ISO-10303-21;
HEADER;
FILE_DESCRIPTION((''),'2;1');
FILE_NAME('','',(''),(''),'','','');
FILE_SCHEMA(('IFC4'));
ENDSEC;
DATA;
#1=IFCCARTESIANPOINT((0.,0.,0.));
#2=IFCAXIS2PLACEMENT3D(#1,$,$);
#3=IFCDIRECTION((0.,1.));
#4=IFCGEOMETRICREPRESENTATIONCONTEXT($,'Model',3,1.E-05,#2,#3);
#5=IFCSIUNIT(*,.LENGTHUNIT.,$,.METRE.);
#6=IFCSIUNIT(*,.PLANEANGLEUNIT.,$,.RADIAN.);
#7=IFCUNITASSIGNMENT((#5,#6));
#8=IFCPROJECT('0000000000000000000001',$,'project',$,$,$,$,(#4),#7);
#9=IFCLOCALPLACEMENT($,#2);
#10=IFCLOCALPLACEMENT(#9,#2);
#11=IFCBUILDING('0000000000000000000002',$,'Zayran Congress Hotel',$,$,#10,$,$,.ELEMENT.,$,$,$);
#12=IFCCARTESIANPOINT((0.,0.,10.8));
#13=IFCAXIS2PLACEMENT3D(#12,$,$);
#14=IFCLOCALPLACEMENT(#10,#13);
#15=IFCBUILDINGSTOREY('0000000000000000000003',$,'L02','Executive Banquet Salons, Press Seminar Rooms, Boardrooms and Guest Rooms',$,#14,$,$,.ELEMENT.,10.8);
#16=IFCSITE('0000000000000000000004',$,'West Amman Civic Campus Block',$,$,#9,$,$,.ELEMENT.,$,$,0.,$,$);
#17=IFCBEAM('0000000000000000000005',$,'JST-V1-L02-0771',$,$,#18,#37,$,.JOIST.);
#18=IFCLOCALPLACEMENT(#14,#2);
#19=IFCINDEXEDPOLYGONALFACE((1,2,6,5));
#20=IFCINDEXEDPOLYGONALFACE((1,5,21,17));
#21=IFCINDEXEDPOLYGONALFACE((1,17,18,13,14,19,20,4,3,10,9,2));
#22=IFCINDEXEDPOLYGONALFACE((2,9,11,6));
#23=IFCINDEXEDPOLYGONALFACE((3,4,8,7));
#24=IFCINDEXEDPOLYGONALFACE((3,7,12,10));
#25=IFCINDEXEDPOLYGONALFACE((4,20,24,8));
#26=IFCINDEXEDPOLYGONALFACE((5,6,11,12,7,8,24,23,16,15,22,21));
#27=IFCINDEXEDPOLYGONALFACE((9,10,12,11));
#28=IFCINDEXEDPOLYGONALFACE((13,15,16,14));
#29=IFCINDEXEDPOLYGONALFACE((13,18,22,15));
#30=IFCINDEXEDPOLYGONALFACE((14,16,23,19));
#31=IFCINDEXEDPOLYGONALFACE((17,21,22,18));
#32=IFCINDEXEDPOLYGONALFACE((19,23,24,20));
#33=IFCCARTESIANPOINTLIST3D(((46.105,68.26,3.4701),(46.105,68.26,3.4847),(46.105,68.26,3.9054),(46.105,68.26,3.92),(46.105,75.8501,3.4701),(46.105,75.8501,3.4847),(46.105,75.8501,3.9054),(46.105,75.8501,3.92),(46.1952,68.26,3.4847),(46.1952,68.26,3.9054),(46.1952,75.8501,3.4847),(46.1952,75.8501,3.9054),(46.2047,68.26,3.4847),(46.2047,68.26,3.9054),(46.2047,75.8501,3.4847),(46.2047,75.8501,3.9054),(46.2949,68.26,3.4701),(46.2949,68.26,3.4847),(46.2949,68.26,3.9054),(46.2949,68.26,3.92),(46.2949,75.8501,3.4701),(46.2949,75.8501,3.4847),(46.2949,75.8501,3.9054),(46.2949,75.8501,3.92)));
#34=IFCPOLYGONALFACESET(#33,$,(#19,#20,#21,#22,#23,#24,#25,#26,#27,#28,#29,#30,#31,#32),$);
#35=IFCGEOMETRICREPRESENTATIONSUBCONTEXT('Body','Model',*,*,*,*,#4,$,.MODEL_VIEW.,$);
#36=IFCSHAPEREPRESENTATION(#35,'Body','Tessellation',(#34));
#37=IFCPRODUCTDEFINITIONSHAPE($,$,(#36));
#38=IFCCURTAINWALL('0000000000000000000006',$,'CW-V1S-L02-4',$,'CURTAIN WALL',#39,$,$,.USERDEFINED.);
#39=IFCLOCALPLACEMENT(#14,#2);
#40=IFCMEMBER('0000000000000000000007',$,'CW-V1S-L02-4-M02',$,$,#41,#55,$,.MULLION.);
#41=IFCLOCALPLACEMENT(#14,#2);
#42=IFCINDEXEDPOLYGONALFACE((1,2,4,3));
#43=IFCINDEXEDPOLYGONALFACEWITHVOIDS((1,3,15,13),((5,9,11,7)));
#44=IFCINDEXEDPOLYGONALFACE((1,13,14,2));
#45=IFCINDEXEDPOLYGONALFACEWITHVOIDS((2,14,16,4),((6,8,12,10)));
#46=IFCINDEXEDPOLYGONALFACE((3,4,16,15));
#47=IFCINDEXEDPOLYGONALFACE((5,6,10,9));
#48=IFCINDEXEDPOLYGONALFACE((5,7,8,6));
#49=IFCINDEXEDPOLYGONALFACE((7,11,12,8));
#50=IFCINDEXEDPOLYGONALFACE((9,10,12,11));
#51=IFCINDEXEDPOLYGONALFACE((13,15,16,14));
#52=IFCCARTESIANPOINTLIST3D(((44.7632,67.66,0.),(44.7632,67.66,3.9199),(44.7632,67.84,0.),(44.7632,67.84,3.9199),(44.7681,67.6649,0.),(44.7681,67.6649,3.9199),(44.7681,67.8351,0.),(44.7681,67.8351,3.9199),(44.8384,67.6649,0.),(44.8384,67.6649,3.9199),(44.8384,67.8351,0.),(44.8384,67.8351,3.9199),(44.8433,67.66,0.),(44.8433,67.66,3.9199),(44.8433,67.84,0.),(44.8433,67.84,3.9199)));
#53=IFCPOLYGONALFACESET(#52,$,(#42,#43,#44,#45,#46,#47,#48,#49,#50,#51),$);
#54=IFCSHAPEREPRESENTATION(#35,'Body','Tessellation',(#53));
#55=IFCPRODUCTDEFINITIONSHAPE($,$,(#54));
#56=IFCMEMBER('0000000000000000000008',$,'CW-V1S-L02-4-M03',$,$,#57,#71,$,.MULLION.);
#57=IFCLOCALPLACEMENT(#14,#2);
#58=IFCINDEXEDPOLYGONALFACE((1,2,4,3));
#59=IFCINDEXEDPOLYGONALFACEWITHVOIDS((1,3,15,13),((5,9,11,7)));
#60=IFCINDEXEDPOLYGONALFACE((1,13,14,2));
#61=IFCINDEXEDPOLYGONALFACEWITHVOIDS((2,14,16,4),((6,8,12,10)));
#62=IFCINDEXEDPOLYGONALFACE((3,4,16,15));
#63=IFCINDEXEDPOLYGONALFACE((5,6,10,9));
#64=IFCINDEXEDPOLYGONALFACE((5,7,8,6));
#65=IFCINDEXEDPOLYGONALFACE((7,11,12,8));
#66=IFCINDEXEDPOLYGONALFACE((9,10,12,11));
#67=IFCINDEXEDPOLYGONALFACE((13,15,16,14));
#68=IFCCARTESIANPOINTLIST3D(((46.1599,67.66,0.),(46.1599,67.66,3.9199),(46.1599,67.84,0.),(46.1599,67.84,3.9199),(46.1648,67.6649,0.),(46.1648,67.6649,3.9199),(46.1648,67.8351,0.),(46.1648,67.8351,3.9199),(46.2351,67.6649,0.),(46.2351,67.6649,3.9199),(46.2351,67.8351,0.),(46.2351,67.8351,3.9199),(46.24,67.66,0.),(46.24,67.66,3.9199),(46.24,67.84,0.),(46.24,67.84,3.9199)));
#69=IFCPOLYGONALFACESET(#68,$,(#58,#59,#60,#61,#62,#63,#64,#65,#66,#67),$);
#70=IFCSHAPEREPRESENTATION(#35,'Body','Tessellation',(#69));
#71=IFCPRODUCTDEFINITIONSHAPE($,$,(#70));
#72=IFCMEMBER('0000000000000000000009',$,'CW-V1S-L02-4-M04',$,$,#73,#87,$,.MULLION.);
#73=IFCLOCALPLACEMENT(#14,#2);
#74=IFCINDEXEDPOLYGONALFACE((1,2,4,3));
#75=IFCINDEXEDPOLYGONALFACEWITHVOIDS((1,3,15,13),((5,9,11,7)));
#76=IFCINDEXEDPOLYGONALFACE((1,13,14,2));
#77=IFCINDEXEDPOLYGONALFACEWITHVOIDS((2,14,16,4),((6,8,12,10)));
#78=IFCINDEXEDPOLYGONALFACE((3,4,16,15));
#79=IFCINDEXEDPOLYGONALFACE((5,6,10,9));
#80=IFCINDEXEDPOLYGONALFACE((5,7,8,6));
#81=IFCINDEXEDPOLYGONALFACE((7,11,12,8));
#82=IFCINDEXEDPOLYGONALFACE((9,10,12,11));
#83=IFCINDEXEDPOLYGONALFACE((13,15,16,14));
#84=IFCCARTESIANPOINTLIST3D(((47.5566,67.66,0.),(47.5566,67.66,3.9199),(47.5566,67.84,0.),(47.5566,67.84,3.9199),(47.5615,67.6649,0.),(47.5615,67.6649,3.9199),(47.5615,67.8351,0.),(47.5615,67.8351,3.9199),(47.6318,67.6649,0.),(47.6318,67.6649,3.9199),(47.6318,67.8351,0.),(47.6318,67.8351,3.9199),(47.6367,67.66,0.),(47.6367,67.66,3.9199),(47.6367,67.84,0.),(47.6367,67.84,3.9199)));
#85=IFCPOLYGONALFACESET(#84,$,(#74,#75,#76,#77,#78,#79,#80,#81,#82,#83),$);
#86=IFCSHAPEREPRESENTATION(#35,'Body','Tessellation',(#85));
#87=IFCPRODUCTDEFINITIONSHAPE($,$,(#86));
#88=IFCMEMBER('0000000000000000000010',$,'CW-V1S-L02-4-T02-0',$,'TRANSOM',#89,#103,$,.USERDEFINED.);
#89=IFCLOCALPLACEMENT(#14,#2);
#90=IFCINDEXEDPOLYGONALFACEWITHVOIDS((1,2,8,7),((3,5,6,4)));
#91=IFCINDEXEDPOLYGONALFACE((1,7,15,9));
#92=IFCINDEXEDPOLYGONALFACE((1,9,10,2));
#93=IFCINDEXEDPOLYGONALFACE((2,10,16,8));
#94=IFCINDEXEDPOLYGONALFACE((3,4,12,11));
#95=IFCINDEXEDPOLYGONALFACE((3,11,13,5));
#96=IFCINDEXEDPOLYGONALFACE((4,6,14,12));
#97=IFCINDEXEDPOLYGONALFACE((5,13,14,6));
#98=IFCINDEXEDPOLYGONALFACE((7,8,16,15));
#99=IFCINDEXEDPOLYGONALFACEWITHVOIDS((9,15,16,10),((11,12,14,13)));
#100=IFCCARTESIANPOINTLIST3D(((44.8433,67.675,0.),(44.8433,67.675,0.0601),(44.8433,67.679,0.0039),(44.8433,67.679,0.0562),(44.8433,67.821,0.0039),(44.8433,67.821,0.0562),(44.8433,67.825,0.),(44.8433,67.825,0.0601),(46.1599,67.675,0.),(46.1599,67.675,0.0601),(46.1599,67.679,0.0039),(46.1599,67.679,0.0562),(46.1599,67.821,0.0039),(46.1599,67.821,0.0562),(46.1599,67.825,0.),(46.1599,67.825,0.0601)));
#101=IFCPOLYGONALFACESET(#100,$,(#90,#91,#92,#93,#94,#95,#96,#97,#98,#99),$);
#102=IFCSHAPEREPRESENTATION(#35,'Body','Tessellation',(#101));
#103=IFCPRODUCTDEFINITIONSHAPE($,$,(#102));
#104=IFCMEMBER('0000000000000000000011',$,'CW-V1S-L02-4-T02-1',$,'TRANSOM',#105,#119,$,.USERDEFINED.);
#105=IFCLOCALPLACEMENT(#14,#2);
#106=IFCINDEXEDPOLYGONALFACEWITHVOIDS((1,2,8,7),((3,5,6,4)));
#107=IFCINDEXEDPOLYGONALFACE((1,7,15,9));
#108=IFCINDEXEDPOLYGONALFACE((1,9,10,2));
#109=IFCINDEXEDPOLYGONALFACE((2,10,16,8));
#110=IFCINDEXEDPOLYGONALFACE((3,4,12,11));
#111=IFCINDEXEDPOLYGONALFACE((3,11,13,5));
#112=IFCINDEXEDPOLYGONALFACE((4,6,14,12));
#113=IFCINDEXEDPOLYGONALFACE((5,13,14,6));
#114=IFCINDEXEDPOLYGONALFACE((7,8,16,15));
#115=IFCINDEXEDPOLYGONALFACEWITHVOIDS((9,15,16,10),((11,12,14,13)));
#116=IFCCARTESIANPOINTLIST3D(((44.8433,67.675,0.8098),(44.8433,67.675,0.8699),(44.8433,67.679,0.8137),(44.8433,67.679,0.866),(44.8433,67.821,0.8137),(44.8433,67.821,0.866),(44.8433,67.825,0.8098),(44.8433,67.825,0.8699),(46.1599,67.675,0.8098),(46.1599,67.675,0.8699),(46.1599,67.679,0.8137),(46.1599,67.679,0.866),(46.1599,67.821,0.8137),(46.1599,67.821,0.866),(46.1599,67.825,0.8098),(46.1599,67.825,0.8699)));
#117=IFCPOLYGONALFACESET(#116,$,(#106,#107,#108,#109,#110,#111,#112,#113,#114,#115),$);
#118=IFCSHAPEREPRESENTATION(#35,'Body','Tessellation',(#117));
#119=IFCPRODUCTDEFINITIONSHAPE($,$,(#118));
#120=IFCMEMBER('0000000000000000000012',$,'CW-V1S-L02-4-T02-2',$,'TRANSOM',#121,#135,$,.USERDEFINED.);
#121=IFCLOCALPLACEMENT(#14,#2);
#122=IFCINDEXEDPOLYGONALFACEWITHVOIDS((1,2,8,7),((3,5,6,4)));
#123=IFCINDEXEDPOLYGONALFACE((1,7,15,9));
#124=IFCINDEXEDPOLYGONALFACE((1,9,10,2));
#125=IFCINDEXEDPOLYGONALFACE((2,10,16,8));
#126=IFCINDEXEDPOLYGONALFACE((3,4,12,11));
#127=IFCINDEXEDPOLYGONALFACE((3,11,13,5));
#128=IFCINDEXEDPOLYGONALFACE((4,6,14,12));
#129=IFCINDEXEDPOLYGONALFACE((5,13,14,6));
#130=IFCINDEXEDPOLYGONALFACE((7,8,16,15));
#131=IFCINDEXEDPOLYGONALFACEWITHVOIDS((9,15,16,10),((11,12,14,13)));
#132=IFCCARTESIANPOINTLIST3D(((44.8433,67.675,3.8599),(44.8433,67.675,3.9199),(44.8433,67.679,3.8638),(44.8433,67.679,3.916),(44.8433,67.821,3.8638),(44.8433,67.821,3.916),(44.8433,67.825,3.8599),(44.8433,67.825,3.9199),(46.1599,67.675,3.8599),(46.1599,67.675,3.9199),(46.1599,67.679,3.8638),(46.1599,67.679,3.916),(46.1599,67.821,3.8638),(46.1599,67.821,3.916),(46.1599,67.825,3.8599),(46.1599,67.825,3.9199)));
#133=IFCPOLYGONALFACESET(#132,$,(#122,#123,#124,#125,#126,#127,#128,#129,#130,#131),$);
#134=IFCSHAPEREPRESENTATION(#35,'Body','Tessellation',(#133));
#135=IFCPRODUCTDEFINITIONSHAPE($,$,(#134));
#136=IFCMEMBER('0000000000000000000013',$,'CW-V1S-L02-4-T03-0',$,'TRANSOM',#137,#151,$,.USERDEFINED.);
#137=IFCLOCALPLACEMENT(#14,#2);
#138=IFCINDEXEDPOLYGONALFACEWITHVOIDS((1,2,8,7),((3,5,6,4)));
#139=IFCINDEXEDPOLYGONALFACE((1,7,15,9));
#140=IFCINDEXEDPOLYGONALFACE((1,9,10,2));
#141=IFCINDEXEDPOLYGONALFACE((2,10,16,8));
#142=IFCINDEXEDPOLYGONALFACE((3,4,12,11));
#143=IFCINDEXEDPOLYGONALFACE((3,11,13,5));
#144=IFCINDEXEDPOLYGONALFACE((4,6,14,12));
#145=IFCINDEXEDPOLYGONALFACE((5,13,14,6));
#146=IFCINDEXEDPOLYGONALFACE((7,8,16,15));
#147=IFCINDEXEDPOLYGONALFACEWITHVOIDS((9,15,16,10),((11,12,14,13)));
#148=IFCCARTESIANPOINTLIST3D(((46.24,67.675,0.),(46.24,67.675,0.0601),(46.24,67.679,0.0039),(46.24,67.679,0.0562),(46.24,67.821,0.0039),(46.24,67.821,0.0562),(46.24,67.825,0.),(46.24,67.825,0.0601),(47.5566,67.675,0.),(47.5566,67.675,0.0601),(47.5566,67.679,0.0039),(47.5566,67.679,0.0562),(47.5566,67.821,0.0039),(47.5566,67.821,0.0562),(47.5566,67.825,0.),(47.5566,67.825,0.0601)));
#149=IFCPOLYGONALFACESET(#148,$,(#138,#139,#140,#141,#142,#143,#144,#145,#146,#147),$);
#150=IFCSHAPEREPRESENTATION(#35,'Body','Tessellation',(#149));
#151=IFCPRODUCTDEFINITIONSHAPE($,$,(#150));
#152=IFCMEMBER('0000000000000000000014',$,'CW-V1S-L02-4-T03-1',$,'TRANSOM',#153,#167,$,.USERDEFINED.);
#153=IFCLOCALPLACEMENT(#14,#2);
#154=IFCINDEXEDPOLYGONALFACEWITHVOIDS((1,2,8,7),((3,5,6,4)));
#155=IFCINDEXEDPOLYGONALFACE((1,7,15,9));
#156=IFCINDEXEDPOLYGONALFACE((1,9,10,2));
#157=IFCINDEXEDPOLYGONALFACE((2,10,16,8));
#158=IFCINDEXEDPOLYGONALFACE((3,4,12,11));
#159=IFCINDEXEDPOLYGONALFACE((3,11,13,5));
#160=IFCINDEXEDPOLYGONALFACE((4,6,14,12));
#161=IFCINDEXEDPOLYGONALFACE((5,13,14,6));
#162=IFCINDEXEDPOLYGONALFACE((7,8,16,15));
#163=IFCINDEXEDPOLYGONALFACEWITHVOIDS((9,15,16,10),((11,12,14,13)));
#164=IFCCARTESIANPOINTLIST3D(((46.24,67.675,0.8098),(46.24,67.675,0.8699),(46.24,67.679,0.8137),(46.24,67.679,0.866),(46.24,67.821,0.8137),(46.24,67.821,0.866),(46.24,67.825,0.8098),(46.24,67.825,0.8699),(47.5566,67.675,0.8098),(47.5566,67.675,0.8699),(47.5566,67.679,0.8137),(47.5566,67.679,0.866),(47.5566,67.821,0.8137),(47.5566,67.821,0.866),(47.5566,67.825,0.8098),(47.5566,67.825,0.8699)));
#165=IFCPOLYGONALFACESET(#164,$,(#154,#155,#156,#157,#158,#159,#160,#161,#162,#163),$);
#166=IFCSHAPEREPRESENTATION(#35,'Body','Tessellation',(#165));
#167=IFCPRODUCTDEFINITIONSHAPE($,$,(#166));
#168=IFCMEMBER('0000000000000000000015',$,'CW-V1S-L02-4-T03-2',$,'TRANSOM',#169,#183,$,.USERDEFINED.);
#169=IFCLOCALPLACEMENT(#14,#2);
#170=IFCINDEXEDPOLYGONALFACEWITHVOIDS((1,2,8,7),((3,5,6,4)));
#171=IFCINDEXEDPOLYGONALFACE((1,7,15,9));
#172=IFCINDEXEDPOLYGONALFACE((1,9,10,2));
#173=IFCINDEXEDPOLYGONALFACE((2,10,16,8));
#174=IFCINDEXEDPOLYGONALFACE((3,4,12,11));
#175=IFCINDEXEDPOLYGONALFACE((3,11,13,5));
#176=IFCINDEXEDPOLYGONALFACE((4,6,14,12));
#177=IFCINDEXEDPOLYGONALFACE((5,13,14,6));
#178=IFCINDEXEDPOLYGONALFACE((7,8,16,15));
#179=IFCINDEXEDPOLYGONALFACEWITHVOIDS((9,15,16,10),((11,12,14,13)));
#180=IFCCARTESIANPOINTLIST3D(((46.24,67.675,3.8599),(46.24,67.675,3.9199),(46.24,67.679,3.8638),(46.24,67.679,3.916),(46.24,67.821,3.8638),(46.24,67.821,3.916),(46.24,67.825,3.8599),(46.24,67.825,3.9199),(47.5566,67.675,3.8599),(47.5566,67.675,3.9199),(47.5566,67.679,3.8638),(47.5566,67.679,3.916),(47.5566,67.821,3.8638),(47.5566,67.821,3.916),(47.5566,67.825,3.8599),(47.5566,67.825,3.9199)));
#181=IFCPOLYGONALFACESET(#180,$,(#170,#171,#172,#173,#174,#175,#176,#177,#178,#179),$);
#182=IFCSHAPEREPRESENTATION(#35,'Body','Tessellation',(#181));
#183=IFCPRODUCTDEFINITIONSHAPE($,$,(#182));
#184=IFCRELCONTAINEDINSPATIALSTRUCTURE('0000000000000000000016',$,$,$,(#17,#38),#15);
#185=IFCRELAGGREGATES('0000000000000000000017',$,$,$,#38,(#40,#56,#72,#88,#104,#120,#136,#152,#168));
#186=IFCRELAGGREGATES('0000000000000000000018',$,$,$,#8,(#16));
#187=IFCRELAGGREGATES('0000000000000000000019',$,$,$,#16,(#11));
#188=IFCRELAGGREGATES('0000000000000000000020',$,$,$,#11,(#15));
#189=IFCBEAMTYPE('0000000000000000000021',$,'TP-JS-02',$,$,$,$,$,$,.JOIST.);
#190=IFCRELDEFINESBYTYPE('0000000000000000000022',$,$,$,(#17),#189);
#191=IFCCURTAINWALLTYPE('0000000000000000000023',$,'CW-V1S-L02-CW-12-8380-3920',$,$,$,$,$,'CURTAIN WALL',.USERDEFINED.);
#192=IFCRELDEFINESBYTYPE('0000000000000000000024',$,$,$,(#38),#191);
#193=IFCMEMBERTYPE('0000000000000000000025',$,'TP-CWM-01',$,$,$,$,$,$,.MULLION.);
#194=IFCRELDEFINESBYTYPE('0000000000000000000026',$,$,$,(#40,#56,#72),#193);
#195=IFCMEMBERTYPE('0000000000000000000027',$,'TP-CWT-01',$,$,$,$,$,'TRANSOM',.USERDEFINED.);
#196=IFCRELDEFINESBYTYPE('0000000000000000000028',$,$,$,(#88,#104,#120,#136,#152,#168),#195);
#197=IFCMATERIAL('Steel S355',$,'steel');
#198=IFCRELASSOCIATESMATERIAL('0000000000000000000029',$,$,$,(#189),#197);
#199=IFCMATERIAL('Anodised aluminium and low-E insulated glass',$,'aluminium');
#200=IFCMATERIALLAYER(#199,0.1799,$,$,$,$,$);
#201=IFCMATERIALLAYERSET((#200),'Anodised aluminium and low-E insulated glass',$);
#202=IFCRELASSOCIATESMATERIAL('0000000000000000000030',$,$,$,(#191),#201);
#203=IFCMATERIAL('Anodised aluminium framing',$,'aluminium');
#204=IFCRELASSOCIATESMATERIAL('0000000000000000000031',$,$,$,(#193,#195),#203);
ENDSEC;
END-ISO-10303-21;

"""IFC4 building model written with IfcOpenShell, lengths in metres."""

from ifc_helpers import new_model, si_unit, direction, frame, origin, origin_2d, place, context, subcontext, project, spatial, hollow_rectangle, i_section, extrude, material, layer, layer_set, material_profile, profile_set, type_object, element, aggregate, save


model = new_model("IFC4")

# Units and contexts
model_context = context("Model", 3, precision=1e-05, world=origin(), true_north=direction((0.0, 1.0)))
body_context = subcontext(model_context, "Body", "Model", "MODEL_VIEW")
ifc_project = project(units=[si_unit("LENGTHUNIT", "METRE"), si_unit("PLANEANGLEUNIT", "RADIAN")], contexts=[model_context])

# Site, building, storey
site_placement = place(None, origin())
site = spatial("IfcSite", under=ifc_project, at=site_placement, Name="West Amman Civic Campus Block", CompositionType="ELEMENT", RefElevation=0.0)
building_placement = place(site_placement, origin())
building = spatial("IfcBuilding", under=site, at=building_placement, Name="Zayran Congress Hotel", CompositionType="ELEMENT")
storey_placement = place(building_placement, frame((0.0, 0.0, 10.8)))
storey = spatial("IfcBuildingStorey", under=building, at=storey_placement, Name="L02", Description="Executive Banquet Salons, Press Seminar Rooms, Boardrooms and Guest Rooms", CompositionType="ELEMENT", Elevation=10.8)

# Beam
ifc_material_1 = material(Name="Steel S355", Category="steel")
ifc_material_profile_1 = material_profile(ifc_material_1, i_section(OverallWidth=0.1899, OverallDepth=0.45, WebThickness=0.0095, FlangeThickness=0.0146, at=origin_2d()), Name="IPE 450")
ifc_profile_set_1 = profile_set([ifc_material_profile_1], Name="Steel S355")
beam_type = type_object("IfcBeamType", Name="TP-JS-02", PredefinedType="JOIST", material=ifc_profile_set_1)
beam_placement = place(storey_placement, frame((46.2, 68.26, 3.6951), z_axis=(0.0, 1.0, 0.0), x_axis=(-1.0, 0.0, 0.0)))
element("IfcBeam", 1, at=beam_placement, inside=storey, type_object=beam_type, Name="JST-V1-L02-0771", PredefinedType="JOIST", context=body_context, shape_type="SweptSolid", body=[
    extrude(i_section(OverallWidth=0.1899, OverallDepth=0.45, WebThickness=0.0095, FlangeThickness=0.0146, at=origin_2d()), origin(), (0.0, 0.0, 1.0), 7.5901),
])

# Curtain wall, members
ifc_material_2 = material(Name="Anodised aluminium and low-E insulated glass", Category="aluminium")
ifc_layer_1 = layer(ifc_material_2, 0.1799)
ifc_layer_set_1 = layer_set([ifc_layer_1], Name="Anodised aluminium and low-E insulated glass")
curtain_wall_type = type_object("IfcCurtainWallType", Name="CW-V1S-L02-CW-12-8380-3920", ElementType="CURTAIN WALL", PredefinedType="USERDEFINED", material=ifc_layer_set_1)
curtain_wall_placement = place(storey_placement, origin())
curtain_wall = element("IfcCurtainWall", 2, at=curtain_wall_placement, inside=storey, type_object=curtain_wall_type, Name="CW-V1S-L02-4", ObjectType="CURTAIN WALL", PredefinedType="USERDEFINED")
ifc_material_3 = material(Name="Anodised aluminium framing", Category="aluminium")
ifc_material_profile_2 = material_profile(ifc_material_3, hollow_rectangle(XDim=0.0801, YDim=0.1799, WallThickness=0.0049, at=origin_2d()), Name="RHS 180x80x5")
ifc_profile_set_2 = profile_set([ifc_material_profile_2], Name="Anodised aluminium framing")
member_type_1 = type_object("IfcMemberType", Name="TP-CWM-01", PredefinedType="MULLION", material=ifc_profile_set_2)
member_1_placement = place(storey_placement, frame((44.8032, 67.75, 0.0), z_axis=(0.0, 0.0, 1.0), x_axis=(1.0, 0.0, 0.0)))
member_1 = element("IfcMember", 3, at=member_1_placement, type_object=member_type_1, Name="CW-V1S-L02-4-M02", PredefinedType="MULLION", context=body_context, shape_type="SweptSolid", body=[
    extrude(hollow_rectangle(XDim=0.0801, YDim=0.1799, WallThickness=0.0049, at=origin_2d()), origin(), (0.0, 0.0, 1.0), 3.9199),
])
member_2_placement = place(storey_placement, frame((46.2, 67.75, 0.0), z_axis=(0.0, 0.0, 1.0), x_axis=(1.0, 0.0, 0.0)))
member_2 = element("IfcMember", 4, at=member_2_placement, type_object=member_type_1, Name="CW-V1S-L02-4-M03", PredefinedType="MULLION", context=body_context, shape_type="SweptSolid", body=[
    extrude(hollow_rectangle(XDim=0.0801, YDim=0.1799, WallThickness=0.0049, at=origin_2d()), origin(), (0.0, 0.0, 1.0), 3.9199),
])
member_3_placement = place(storey_placement, frame((47.5967, 67.75, 0.0), z_axis=(0.0, 0.0, 1.0), x_axis=(1.0, 0.0, 0.0)))
member_3 = element("IfcMember", 5, at=member_3_placement, type_object=member_type_1, Name="CW-V1S-L02-4-M04", PredefinedType="MULLION", context=body_context, shape_type="SweptSolid", body=[
    extrude(hollow_rectangle(XDim=0.0801, YDim=0.1799, WallThickness=0.0049, at=origin_2d()), origin(), (0.0, 0.0, 1.0), 3.9199),
])
ifc_material_profile_3 = material_profile(ifc_material_3, hollow_rectangle(XDim=0.0601, YDim=0.1499, WallThickness=0.0039, at=origin_2d()), Name="RHS 150x60x4")
ifc_profile_set_3 = profile_set([ifc_material_profile_3], Name="Anodised aluminium framing")
member_type_2 = type_object("IfcMemberType", Name="TP-CWT-01", ElementType="TRANSOM", PredefinedType="USERDEFINED", material=ifc_profile_set_3)
member_4_placement = place(storey_placement, frame((44.8433, 67.75, 0.03), z_axis=(1.0, 0.0, 0.0), x_axis=(0.0, 0.0, 1.0)))
member_4 = element("IfcMember", 6, at=member_4_placement, type_object=member_type_2, Name="CW-V1S-L02-4-T02-0", ObjectType="TRANSOM", PredefinedType="USERDEFINED", context=body_context, shape_type="SweptSolid", body=[
    extrude(hollow_rectangle(XDim=0.0601, YDim=0.1499, WallThickness=0.0039, at=origin_2d()), origin(), (0.0, 0.0, 1.0), 1.3167),
])
member_5_placement = place(storey_placement, frame((44.8433, 67.75, 0.8398), z_axis=(1.0, 0.0, 0.0), x_axis=(0.0, 0.0, 1.0)))
member_5 = element("IfcMember", 7, at=member_5_placement, type_object=member_type_2, Name="CW-V1S-L02-4-T02-1", ObjectType="TRANSOM", PredefinedType="USERDEFINED", context=body_context, shape_type="SweptSolid", body=[
    extrude(hollow_rectangle(XDim=0.0601, YDim=0.1499, WallThickness=0.0039, at=origin_2d()), origin(), (0.0, 0.0, 1.0), 1.3167),
])
member_6_placement = place(storey_placement, frame((44.8433, 67.75, 3.8899), z_axis=(1.0, 0.0, 0.0), x_axis=(0.0, 0.0, 1.0)))
member_6 = element("IfcMember", 8, at=member_6_placement, type_object=member_type_2, Name="CW-V1S-L02-4-T02-2", ObjectType="TRANSOM", PredefinedType="USERDEFINED", context=body_context, shape_type="SweptSolid", body=[
    extrude(hollow_rectangle(XDim=0.0601, YDim=0.1499, WallThickness=0.0039, at=origin_2d()), origin(), (0.0, 0.0, 1.0), 1.3167),
])
member_7_placement = place(storey_placement, frame((46.24, 67.75, 0.03), z_axis=(1.0, 0.0, 0.0), x_axis=(0.0, 0.0, 1.0)))
member_7 = element("IfcMember", 9, at=member_7_placement, type_object=member_type_2, Name="CW-V1S-L02-4-T03-0", ObjectType="TRANSOM", PredefinedType="USERDEFINED", context=body_context, shape_type="SweptSolid", body=[
    extrude(hollow_rectangle(XDim=0.0601, YDim=0.1499, WallThickness=0.0039, at=origin_2d()), origin(), (0.0, 0.0, 1.0), 1.3167),
])
member_8_placement = place(storey_placement, frame((46.24, 67.75, 0.8398), z_axis=(1.0, 0.0, 0.0), x_axis=(0.0, 0.0, 1.0)))
member_8 = element("IfcMember", 10, at=member_8_placement, type_object=member_type_2, Name="CW-V1S-L02-4-T03-1", ObjectType="TRANSOM", PredefinedType="USERDEFINED", context=body_context, shape_type="SweptSolid", body=[
    extrude(hollow_rectangle(XDim=0.0601, YDim=0.1499, WallThickness=0.0039, at=origin_2d()), origin(), (0.0, 0.0, 1.0), 1.3167),
])
member_9_placement = place(storey_placement, frame((46.24, 67.75, 3.8899), z_axis=(1.0, 0.0, 0.0), x_axis=(0.0, 0.0, 1.0)))
member_9 = element("IfcMember", 11, at=member_9_placement, type_object=member_type_2, Name="CW-V1S-L02-4-T03-2", ObjectType="TRANSOM", PredefinedType="USERDEFINED", context=body_context, shape_type="SweptSolid", body=[
    extrude(hollow_rectangle(XDim=0.0601, YDim=0.1499, WallThickness=0.0039, at=origin_2d()), origin(), (0.0, 0.0, 1.0), 1.3167),
])
aggregate(curtain_wall, [member_1, member_2, member_3, member_4, member_5, member_6, member_7, member_8, member_9])

save(model, "model.ifc")
